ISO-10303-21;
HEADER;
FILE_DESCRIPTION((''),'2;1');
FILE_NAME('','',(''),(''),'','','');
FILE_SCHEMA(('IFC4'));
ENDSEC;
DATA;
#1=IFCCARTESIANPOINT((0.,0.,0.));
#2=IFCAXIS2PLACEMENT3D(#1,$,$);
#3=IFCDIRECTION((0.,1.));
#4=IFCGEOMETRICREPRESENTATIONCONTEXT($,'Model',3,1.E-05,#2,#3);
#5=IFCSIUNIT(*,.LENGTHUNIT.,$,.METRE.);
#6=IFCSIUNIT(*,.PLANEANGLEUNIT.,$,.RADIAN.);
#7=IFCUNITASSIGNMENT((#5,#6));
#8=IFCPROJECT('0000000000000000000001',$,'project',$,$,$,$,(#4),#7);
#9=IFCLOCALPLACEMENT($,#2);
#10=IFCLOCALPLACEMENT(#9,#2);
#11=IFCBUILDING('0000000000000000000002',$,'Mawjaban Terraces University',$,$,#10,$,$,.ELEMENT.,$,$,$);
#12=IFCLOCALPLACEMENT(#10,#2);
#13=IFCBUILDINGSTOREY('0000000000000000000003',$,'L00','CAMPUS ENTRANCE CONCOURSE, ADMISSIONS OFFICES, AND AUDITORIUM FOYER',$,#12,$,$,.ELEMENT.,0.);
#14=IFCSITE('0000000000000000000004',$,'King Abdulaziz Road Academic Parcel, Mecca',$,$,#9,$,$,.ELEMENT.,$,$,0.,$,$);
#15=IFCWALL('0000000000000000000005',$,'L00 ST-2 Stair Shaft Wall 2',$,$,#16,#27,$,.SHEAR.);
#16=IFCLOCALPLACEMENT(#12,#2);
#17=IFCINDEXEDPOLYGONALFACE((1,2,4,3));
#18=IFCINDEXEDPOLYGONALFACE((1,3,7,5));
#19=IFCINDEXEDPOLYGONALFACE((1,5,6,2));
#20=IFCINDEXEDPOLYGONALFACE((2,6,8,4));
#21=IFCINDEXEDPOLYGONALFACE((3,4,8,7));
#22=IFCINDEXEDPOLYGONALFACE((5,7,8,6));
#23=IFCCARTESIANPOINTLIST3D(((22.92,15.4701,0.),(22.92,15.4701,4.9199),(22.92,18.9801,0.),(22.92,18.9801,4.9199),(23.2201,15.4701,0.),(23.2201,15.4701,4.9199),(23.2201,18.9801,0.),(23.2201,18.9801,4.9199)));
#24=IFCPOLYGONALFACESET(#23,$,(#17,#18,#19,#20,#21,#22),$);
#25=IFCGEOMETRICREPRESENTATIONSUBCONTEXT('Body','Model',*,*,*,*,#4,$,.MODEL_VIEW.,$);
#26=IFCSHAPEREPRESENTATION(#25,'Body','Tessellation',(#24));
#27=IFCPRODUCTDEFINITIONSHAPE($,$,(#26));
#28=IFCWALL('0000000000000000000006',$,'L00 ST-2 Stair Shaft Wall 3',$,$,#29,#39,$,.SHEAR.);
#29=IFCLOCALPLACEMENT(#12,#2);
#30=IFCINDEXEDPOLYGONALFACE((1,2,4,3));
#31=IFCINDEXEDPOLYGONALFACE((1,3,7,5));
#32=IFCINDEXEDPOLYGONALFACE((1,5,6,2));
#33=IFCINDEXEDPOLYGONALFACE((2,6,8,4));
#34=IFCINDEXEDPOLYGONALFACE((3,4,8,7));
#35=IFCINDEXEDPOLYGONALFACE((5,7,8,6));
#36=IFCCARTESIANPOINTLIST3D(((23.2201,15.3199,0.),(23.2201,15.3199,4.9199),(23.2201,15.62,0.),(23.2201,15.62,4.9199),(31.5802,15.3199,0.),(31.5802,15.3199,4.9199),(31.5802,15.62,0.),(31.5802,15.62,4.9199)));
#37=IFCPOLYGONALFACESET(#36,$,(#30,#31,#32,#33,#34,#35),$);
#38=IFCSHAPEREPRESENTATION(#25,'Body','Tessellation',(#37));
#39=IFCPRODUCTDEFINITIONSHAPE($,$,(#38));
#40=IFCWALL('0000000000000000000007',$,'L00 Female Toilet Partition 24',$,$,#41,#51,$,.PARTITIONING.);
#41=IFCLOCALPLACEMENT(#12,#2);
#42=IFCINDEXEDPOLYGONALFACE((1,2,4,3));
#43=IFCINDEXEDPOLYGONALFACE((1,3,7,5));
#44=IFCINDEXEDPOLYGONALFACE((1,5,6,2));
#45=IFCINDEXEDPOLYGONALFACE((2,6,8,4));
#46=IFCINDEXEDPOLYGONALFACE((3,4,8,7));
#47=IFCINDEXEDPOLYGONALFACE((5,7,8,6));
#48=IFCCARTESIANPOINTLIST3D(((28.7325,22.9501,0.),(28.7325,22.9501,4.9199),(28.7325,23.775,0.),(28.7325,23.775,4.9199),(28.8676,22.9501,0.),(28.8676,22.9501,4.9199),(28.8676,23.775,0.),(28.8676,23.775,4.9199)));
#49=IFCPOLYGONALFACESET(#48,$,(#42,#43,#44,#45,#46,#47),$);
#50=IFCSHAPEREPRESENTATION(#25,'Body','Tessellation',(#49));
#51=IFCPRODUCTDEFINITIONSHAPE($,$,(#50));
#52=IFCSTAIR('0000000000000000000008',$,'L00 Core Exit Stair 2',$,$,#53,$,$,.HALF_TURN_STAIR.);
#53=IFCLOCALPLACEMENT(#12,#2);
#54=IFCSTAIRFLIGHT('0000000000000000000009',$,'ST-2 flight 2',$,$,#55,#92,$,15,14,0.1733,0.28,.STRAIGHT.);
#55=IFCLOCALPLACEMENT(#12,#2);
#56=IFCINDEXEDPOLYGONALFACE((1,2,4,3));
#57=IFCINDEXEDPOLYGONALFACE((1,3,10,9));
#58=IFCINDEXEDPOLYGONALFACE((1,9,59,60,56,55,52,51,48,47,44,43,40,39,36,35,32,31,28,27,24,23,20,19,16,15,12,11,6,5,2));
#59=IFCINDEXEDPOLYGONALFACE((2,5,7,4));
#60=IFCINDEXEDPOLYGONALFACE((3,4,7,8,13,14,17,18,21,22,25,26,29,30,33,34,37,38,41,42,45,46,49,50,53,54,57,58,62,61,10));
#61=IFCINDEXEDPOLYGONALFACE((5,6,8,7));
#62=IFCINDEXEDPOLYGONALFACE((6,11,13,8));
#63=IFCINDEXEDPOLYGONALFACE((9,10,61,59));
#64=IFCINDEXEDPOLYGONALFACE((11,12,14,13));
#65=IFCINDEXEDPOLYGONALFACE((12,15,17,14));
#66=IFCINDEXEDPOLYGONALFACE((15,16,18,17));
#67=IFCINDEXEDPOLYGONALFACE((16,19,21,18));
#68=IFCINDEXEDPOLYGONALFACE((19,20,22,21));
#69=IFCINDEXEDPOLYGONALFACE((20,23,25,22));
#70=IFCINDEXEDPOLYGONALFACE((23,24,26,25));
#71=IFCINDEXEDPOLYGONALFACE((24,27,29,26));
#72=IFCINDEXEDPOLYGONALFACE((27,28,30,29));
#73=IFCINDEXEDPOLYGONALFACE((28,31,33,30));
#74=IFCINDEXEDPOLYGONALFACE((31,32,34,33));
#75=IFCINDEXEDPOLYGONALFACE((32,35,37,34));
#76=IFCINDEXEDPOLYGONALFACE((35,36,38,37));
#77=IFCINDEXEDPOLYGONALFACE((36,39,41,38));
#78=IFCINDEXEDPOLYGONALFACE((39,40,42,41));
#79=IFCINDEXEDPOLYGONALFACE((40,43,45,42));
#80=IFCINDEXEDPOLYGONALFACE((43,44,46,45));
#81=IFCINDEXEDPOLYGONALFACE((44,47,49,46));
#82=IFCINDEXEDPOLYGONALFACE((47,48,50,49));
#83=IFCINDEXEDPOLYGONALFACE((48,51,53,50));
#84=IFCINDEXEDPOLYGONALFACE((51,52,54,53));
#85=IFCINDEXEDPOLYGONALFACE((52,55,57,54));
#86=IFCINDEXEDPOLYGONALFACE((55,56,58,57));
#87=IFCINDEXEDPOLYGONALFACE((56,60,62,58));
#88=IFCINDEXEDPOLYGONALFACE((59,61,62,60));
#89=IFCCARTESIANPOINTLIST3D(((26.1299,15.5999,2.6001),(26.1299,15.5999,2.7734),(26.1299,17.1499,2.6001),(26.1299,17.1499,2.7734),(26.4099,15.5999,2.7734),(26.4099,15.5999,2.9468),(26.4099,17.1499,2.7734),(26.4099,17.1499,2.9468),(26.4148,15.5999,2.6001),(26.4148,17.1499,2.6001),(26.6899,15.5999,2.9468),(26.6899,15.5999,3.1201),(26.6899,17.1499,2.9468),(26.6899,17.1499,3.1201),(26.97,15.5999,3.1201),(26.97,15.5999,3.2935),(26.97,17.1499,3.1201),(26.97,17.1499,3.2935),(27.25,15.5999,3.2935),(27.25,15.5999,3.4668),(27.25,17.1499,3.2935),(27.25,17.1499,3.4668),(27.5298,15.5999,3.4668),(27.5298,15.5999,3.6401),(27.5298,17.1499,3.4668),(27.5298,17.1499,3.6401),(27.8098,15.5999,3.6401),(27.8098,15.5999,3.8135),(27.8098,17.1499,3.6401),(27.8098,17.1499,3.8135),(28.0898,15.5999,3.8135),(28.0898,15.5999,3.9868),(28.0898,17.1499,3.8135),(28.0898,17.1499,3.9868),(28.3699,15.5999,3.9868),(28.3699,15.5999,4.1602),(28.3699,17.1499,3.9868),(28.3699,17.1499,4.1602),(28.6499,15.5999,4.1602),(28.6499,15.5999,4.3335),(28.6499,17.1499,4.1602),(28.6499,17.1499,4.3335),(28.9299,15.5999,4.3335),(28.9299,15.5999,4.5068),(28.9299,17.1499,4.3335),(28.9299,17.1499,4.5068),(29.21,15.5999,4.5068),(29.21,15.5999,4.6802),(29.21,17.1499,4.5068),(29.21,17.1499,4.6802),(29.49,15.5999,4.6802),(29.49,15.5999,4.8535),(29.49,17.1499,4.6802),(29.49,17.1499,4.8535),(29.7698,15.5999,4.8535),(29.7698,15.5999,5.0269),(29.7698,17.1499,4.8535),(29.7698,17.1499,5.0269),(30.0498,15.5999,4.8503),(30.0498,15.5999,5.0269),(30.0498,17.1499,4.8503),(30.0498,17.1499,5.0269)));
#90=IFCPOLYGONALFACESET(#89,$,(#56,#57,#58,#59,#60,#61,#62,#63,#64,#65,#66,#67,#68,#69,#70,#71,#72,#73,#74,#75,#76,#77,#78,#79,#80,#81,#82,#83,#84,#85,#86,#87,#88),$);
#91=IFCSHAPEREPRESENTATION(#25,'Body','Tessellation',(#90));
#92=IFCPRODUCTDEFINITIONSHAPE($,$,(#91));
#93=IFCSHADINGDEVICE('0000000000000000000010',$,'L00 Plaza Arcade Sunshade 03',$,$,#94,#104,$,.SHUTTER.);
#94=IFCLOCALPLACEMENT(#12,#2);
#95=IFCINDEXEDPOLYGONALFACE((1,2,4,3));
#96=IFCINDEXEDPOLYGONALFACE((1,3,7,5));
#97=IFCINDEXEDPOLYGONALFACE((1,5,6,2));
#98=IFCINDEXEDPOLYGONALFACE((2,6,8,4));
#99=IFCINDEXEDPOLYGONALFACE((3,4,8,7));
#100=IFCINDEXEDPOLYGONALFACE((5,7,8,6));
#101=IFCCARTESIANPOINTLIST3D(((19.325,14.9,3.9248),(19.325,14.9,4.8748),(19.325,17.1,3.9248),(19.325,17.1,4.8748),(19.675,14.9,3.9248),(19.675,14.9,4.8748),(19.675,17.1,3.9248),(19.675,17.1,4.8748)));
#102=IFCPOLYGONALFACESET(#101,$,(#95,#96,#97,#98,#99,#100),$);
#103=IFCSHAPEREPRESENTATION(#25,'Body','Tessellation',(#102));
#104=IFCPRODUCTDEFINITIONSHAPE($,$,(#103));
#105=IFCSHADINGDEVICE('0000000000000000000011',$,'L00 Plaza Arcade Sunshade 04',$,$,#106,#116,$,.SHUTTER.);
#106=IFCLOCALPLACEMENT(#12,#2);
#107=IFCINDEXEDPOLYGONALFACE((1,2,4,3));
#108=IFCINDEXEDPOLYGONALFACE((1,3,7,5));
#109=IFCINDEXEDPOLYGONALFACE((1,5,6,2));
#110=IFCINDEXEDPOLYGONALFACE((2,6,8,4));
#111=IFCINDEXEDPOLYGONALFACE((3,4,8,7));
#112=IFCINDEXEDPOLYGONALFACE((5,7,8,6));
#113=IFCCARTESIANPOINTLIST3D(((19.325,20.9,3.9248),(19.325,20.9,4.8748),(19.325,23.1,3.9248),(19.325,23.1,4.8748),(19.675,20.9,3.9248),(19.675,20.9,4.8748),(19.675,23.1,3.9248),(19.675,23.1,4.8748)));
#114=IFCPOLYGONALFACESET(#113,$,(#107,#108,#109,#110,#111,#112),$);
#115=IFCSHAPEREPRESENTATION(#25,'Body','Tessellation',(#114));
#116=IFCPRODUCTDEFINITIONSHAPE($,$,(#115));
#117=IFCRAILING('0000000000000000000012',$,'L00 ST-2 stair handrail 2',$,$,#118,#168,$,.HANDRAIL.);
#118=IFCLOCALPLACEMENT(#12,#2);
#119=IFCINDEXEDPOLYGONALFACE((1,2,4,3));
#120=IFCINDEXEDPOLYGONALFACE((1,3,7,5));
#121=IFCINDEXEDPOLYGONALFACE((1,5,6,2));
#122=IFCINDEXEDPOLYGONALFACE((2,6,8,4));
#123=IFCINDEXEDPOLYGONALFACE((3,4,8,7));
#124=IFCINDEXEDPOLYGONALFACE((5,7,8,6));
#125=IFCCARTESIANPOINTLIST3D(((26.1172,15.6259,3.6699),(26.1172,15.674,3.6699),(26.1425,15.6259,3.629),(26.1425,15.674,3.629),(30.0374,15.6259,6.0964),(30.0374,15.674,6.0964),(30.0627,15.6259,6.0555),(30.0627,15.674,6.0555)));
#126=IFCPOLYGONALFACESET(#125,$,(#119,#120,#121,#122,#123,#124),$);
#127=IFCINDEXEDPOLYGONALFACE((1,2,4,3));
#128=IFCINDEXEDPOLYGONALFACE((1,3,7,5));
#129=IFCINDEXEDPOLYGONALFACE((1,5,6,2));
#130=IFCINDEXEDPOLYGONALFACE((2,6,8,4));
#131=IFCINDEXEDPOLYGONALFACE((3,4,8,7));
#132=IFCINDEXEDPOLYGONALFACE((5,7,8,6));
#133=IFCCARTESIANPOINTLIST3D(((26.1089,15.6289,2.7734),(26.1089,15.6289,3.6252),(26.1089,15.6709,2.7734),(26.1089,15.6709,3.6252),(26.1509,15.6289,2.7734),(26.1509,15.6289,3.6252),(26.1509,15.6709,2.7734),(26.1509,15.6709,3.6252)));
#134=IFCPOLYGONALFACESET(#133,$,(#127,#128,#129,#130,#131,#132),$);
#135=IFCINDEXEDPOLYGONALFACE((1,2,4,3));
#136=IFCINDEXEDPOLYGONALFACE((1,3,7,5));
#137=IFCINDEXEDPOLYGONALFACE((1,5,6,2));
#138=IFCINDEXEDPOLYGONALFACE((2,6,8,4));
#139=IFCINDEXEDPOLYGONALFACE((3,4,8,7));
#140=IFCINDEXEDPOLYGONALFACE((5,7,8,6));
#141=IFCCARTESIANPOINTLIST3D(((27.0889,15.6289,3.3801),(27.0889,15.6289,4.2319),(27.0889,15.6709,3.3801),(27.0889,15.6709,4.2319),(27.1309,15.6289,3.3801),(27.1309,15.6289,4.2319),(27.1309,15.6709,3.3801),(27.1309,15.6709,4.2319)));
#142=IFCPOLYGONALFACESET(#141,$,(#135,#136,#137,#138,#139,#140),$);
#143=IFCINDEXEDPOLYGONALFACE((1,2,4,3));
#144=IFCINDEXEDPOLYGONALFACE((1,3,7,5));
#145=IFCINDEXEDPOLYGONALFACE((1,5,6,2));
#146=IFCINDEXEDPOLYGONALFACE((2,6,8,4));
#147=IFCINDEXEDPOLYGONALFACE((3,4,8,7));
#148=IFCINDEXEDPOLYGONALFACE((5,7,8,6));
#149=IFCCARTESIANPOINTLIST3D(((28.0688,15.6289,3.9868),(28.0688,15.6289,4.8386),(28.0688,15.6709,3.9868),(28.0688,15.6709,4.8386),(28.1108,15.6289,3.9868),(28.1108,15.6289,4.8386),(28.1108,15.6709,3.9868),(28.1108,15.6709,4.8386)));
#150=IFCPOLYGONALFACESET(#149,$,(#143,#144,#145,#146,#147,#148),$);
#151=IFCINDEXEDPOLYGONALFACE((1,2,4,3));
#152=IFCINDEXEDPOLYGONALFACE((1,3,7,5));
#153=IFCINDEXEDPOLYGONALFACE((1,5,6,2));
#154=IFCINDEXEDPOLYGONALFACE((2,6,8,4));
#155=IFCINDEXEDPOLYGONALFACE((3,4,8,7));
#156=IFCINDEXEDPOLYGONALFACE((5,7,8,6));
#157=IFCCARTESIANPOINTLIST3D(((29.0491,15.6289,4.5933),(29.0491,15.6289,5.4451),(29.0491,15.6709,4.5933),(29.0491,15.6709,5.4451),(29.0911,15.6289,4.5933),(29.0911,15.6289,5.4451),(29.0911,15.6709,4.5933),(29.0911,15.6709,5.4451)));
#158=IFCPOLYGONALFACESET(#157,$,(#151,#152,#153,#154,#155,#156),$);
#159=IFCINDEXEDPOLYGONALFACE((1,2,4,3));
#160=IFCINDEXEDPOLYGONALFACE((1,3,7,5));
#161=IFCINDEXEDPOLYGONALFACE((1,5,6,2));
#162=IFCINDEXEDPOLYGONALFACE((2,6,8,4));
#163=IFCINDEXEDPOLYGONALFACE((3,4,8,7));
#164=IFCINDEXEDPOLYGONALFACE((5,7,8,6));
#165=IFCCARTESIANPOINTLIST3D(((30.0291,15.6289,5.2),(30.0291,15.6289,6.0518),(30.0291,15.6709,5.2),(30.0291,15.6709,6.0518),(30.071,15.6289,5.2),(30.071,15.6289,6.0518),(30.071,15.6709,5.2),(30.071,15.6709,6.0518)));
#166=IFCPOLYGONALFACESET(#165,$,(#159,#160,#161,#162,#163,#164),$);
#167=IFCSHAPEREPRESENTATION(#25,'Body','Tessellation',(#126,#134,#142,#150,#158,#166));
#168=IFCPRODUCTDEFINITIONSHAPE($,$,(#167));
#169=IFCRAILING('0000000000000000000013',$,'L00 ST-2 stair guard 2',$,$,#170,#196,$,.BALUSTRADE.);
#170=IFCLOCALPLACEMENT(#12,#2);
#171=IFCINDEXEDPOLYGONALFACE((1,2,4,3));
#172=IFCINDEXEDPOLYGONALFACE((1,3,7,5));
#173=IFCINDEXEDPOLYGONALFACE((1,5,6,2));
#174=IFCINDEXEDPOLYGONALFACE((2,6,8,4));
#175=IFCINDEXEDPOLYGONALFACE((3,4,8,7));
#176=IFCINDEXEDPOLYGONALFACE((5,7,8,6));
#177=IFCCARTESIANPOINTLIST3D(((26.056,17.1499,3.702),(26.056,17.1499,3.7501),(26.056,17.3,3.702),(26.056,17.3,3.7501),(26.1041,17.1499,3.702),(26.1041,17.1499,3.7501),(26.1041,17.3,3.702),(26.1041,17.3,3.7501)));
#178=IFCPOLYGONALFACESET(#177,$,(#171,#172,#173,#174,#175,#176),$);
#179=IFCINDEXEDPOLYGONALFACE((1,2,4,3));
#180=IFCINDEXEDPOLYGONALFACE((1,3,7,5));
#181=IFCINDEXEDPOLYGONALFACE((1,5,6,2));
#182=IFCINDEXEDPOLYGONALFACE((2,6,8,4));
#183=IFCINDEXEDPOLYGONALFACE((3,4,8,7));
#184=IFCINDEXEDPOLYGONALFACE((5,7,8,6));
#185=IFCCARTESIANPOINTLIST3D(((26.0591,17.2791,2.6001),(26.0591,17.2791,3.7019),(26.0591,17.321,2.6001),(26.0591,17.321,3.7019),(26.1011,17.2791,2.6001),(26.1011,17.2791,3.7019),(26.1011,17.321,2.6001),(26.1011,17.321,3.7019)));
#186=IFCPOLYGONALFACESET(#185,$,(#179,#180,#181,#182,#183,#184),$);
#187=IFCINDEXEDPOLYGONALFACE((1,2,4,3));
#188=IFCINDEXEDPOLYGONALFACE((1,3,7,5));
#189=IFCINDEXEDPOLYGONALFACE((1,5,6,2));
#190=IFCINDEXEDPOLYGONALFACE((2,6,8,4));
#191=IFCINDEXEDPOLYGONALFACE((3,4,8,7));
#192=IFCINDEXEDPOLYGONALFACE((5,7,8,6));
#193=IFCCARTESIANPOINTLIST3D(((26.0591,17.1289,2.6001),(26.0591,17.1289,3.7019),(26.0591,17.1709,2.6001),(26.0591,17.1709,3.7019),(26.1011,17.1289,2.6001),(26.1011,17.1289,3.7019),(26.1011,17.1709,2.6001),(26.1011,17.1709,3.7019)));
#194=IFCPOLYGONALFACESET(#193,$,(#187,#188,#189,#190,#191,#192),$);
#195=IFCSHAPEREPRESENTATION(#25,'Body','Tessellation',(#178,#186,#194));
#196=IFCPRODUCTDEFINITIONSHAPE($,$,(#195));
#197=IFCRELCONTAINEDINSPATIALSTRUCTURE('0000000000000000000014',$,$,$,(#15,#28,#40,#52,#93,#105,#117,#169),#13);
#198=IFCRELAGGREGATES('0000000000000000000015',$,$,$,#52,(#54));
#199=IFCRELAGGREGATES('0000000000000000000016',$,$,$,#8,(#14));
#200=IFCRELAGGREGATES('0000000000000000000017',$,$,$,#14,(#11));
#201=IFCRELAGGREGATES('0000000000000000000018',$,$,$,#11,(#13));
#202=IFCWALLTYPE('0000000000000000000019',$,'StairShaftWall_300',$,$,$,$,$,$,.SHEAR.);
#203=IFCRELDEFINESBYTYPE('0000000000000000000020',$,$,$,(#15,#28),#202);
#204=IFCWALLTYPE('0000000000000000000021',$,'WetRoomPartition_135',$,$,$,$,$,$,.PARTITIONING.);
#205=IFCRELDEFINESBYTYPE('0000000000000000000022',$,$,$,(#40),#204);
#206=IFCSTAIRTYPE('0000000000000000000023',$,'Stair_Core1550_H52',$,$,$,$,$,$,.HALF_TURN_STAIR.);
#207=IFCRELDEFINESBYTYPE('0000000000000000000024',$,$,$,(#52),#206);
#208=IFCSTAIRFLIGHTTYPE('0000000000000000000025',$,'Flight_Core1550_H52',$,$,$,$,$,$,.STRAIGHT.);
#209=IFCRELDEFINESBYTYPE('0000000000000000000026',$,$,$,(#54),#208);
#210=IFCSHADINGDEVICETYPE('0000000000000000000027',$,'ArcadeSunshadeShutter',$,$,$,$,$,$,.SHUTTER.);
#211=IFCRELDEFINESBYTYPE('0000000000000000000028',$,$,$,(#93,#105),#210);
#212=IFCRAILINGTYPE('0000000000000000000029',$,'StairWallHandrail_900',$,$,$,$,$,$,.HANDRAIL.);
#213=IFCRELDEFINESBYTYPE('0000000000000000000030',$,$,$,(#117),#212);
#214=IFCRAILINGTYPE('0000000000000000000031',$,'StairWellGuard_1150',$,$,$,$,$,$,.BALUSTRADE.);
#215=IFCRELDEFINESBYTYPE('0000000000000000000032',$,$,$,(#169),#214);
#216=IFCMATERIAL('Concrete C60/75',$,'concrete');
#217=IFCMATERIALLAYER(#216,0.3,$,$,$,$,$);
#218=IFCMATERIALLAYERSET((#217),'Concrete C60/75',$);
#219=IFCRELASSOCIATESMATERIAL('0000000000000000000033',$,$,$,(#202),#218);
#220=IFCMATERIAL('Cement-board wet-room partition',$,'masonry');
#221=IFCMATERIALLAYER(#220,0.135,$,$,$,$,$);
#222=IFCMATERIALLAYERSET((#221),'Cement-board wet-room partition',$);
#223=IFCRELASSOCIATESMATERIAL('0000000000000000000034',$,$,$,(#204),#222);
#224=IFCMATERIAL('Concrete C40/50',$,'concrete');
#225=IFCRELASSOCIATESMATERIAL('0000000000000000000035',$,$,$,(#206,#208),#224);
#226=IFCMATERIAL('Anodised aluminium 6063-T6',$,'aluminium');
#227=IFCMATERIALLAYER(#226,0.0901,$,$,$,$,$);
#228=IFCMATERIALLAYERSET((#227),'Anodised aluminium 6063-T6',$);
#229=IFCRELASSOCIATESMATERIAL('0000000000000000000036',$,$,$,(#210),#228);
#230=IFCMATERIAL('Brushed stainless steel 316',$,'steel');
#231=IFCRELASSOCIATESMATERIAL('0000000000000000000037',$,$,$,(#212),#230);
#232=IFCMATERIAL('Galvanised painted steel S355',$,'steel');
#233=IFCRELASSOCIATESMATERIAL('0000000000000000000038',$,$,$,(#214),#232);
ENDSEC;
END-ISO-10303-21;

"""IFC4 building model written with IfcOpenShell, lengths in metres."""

from ifc_helpers import new_model, si_unit, direction, frame, frame_2d, origin, origin_2d, place, context, subcontext, project, spatial, polyline, rectangle, outline, extrude, material, layer, layer_set, type_object, element, aggregate, save


model = new_model("IFC4")

# Units and contexts
model_context = context("Model", 3, precision=1e-05, world=origin(), true_north=direction((0.0, 1.0)))
body_context = subcontext(model_context, "Body", "Model", "MODEL_VIEW")
ifc_project = project(units=[si_unit("LENGTHUNIT", "METRE"), si_unit("PLANEANGLEUNIT", "RADIAN")], contexts=[model_context])

# Site, building, storey
site_placement = place(None, origin())
site = spatial("IfcSite", under=ifc_project, at=site_placement, Name="King Abdulaziz Road Academic Parcel, Mecca", CompositionType="ELEMENT", RefElevation=0.0)
building_placement = place(site_placement, origin())
building = spatial("IfcBuilding", under=site, at=building_placement, Name="Mawjaban Terraces University", CompositionType="ELEMENT")
storey_placement = place(building_placement, origin())
storey = spatial("IfcBuildingStorey", under=building, at=storey_placement, Name="L00", Description="CAMPUS ENTRANCE CONCOURSE, ADMISSIONS OFFICES, AND AUDITORIUM FOYER", CompositionType="ELEMENT", Elevation=0.0)

# Walls
ifc_material_1 = material(Name="Concrete C60/75", Category="concrete")
ifc_layer_1 = layer(ifc_material_1, 0.3)
ifc_layer_set_1 = layer_set([ifc_layer_1], Name="Concrete C60/75")
wall_type_1 = type_object("IfcWallType", Name="StairShaftWall_300", PredefinedType="SHEAR", material=ifc_layer_set_1)
wall_1_placement = place(storey_placement, frame((23.0701, 18.98, 0.0), z_axis=(0.0, 0.0, 1.0), x_axis=(0.0, -1.0, 0.0)))
element("IfcWall", 1, at=wall_1_placement, inside=storey, type_object=wall_type_1, Name="L00 ST-2 Stair Shaft Wall 2", PredefinedType="SHEAR", context=body_context, shape_type="SweptSolid", body=[
    extrude(rectangle(XDim=3.51, YDim=0.3, at=frame_2d((1.7549, 0.0))), origin(), (0.0, 0.0, 1.0), 4.9199),
])
wall_2_placement = place(storey_placement, frame((23.22, 15.47, 0.0), z_axis=(0.0, 0.0, 1.0), x_axis=(1.0, 0.0, 0.0)))
element("IfcWall", 2, at=wall_2_placement, inside=storey, type_object=wall_type_1, Name="L00 ST-2 Stair Shaft Wall 3", PredefinedType="SHEAR", context=body_context, shape_type="SweptSolid", body=[
    extrude(rectangle(XDim=8.3601, YDim=0.3, at=frame_2d((4.1802, 0.0))), origin(), (0.0, 0.0, 1.0), 4.9199),
])
ifc_material_2 = material(Name="Cement-board wet-room partition", Category="masonry")
ifc_layer_2 = layer(ifc_material_2, 0.135)
ifc_layer_set_2 = layer_set([ifc_layer_2], Name="Cement-board wet-room partition")
wall_type_2 = type_object("IfcWallType", Name="WetRoomPartition_135", PredefinedType="PARTITIONING", material=ifc_layer_set_2)
wall_3_placement = place(storey_placement, frame((28.8, 22.95, 0.0), z_axis=(0.0, 0.0, 1.0), x_axis=(0.0, 1.0, 0.0)))
element("IfcWall", 3, at=wall_3_placement, inside=storey, type_object=wall_type_2, Name="L00 Female Toilet Partition 24", PredefinedType="PARTITIONING", context=body_context, shape_type="SweptSolid", body=[
    extrude(rectangle(XDim=0.825, YDim=0.135, at=frame_2d((0.4126, 0.0))), origin(), (0.0, 0.0, 1.0), 4.9199),
])

# Stair, stair flight
ifc_material_3 = material(Name="Concrete C40/50", Category="concrete")
stair_type = type_object("IfcStairType", Name="Stair_Core1550_H52", PredefinedType="HALF_TURN_STAIR", material=ifc_material_3)
stair_placement = place(storey_placement, origin())
stair = element("IfcStair", 4, at=stair_placement, inside=storey, type_object=stair_type, Name="L00 Core Exit Stair 2", PredefinedType="HALF_TURN_STAIR")
stair_flight_type = type_object("IfcStairFlightType", Name="Flight_Core1550_H52", PredefinedType="STRAIGHT", material=ifc_material_3)
stair_flight_placement = place(storey_placement, frame((26.1299, 16.375, 2.6001), z_axis=(0.0, 0.0, 1.0), x_axis=(1.0, 0.0, 0.0)))
stair_flight = element("IfcStairFlight", 5, at=stair_flight_placement, type_object=stair_flight_type, Name="ST-2 flight 2", NumberOfRisers=15, NumberOfTreads=14, PredefinedType="STRAIGHT", RiserHeight=0.1733, TreadLength=0.28, context=body_context, shape_type="SweptSolid", body=[
    extrude(outline(polyline([(0.0, 0.0), (0.0, 0.1733), (0.28, 0.1733), (0.28, 0.3467), (0.5601, 0.3467), (0.5601, 0.52), (0.8401, 0.52), (0.8401, 0.6934), (1.1201, 0.6934), (1.1201, 0.8667), (1.3999, 0.8667), (1.3999, 1.04), (1.6799, 1.04), (1.6799, 1.2134), (1.96, 1.2134), (1.96, 1.3867), (2.24, 1.3867), (2.24, 1.5601), (2.52, 1.5601), (2.52, 1.7334), (2.8, 1.7334), (2.8, 1.9067), (3.0801, 1.9067), (3.0801, 2.0801), (3.3601, 2.0801), (3.3601, 2.2534), (3.6399, 2.2534), (3.6399, 2.4268), (3.9199, 2.4268), (3.9199, 2.6001), (3.9199, 2.2502), (0.2849, 0.0), (0.0, 0.0)])), frame((0.0, 0.7749, 0.0), z_axis=(0.0, -1.0, 0.0), x_axis=(1.0, 0.0, 0.0)), (0.0, 0.0, 1.0), 1.55),
])
aggregate(stair, [stair_flight])

# Shading devices
ifc_material_4 = material(Name="Anodised aluminium 6063-T6", Category="aluminium")
ifc_layer_3 = layer(ifc_material_4, 0.0901)
ifc_layer_set_3 = layer_set([ifc_layer_3], Name="Anodised aluminium 6063-T6")
shading_device_type = type_object("IfcShadingDeviceType", Name="ArcadeSunshadeShutter", PredefinedType="SHUTTER", material=ifc_layer_set_3)
for number, where, z_axis, x_axis, name in (
    (6, (19.5, 16.0, 3.9248), (0.0, 0.0, 1.0), (1.0, 0.0, 0.0), "L00 Plaza Arcade Sunshade 03"),
    (7, (19.5, 22.0, 3.9248), (0.0, 0.0, 1.0), (1.0, 0.0, 0.0), "L00 Plaza Arcade Sunshade 04"),
):
    element("IfcShadingDevice", number, at=place(storey_placement, frame(where, z_axis=z_axis, x_axis=x_axis)), inside=storey, type_object=shading_device_type, Name=name, PredefinedType="SHUTTER", context=body_context, shape_type="SweptSolid", body=[
        extrude(rectangle(XDim=0.3501, YDim=2.2, at=origin_2d()), origin(), (0.0, 0.0, 1.0), 0.95),
    ])

# Railings
ifc_material_5 = material(Name="Brushed stainless steel 316", Category="steel")
railing_type_1 = type_object("IfcRailingType", Name="StairWallHandrail_900", PredefinedType="HANDRAIL", material=ifc_material_5)
railing_1_placement = place(storey_placement, frame((26.1299, 15.6499, 2.7734)))
element("IfcRailing", 8, at=railing_1_placement, inside=storey, type_object=railing_type_1, Name="L00 ST-2 stair handrail 2", PredefinedType="HANDRAIL", context=body_context, shape_type="SweptSolid", body=[
    extrude(rectangle(XDim=0.0481, YDim=0.0481, at=origin_2d()), frame((0.0, 0.0, 0.876), z_axis=(0.85029, 0.0, 0.526315), x_axis=(0.0, 1.0, 0.0)), (0.0, 0.0, 1.0), 4.6104),
    extrude(rectangle(XDim=0.042, YDim=0.042, at=origin_2d()), origin(), (0.0, 0.0, 1.0), 0.8518),
    extrude(rectangle(XDim=0.042, YDim=0.042, at=origin_2d()), frame((0.98, 0.0, 0.6067)), (0.0, 0.0, 1.0), 0.8518),
    extrude(rectangle(XDim=0.042, YDim=0.042, at=origin_2d()), frame((1.96, 0.0, 1.2134)), (0.0, 0.0, 1.0), 0.8518),
    extrude(rectangle(XDim=0.042, YDim=0.042, at=origin_2d()), frame((2.9402, 0.0, 1.8198)), (0.0, 0.0, 1.0), 0.8518),
    extrude(rectangle(XDim=0.042, YDim=0.042, at=origin_2d()), frame((3.9202, 0.0, 2.4265)), (0.0, 0.0, 1.0), 0.8518),
])
ifc_material_6 = material(Name="Galvanised painted steel S355", Category="steel")
railing_type_2 = type_object("IfcRailingType", Name="StairWellGuard_1150", PredefinedType="BALUSTRADE", material=ifc_material_6)
railing_2_placement = place(storey_placement, frame((26.0801, 17.3, 2.6001)))
element("IfcRailing", 9, at=railing_2_placement, inside=storey, type_object=railing_type_2, Name="L00 ST-2 stair guard 2", PredefinedType="BALUSTRADE", context=body_context, shape_type="SweptSolid", body=[
    extrude(rectangle(XDim=0.0481, YDim=0.0481, at=origin_2d()), frame((0.0, 0.0, 1.126), z_axis=(0.0, -1.0, 0.0), x_axis=(1.0, 0.0, 0.0)), (0.0, 0.0, 1.0), 0.1501),
    extrude(rectangle(XDim=0.042, YDim=0.042, at=origin_2d()), origin(), (0.0, 0.0, 1.0), 1.1018),
    extrude(rectangle(XDim=0.042, YDim=0.042, at=origin_2d()), frame((0.0, -0.1501, 0.0)), (0.0, 0.0, 1.0), 1.1018),
])

save(model, "model.ifc")
